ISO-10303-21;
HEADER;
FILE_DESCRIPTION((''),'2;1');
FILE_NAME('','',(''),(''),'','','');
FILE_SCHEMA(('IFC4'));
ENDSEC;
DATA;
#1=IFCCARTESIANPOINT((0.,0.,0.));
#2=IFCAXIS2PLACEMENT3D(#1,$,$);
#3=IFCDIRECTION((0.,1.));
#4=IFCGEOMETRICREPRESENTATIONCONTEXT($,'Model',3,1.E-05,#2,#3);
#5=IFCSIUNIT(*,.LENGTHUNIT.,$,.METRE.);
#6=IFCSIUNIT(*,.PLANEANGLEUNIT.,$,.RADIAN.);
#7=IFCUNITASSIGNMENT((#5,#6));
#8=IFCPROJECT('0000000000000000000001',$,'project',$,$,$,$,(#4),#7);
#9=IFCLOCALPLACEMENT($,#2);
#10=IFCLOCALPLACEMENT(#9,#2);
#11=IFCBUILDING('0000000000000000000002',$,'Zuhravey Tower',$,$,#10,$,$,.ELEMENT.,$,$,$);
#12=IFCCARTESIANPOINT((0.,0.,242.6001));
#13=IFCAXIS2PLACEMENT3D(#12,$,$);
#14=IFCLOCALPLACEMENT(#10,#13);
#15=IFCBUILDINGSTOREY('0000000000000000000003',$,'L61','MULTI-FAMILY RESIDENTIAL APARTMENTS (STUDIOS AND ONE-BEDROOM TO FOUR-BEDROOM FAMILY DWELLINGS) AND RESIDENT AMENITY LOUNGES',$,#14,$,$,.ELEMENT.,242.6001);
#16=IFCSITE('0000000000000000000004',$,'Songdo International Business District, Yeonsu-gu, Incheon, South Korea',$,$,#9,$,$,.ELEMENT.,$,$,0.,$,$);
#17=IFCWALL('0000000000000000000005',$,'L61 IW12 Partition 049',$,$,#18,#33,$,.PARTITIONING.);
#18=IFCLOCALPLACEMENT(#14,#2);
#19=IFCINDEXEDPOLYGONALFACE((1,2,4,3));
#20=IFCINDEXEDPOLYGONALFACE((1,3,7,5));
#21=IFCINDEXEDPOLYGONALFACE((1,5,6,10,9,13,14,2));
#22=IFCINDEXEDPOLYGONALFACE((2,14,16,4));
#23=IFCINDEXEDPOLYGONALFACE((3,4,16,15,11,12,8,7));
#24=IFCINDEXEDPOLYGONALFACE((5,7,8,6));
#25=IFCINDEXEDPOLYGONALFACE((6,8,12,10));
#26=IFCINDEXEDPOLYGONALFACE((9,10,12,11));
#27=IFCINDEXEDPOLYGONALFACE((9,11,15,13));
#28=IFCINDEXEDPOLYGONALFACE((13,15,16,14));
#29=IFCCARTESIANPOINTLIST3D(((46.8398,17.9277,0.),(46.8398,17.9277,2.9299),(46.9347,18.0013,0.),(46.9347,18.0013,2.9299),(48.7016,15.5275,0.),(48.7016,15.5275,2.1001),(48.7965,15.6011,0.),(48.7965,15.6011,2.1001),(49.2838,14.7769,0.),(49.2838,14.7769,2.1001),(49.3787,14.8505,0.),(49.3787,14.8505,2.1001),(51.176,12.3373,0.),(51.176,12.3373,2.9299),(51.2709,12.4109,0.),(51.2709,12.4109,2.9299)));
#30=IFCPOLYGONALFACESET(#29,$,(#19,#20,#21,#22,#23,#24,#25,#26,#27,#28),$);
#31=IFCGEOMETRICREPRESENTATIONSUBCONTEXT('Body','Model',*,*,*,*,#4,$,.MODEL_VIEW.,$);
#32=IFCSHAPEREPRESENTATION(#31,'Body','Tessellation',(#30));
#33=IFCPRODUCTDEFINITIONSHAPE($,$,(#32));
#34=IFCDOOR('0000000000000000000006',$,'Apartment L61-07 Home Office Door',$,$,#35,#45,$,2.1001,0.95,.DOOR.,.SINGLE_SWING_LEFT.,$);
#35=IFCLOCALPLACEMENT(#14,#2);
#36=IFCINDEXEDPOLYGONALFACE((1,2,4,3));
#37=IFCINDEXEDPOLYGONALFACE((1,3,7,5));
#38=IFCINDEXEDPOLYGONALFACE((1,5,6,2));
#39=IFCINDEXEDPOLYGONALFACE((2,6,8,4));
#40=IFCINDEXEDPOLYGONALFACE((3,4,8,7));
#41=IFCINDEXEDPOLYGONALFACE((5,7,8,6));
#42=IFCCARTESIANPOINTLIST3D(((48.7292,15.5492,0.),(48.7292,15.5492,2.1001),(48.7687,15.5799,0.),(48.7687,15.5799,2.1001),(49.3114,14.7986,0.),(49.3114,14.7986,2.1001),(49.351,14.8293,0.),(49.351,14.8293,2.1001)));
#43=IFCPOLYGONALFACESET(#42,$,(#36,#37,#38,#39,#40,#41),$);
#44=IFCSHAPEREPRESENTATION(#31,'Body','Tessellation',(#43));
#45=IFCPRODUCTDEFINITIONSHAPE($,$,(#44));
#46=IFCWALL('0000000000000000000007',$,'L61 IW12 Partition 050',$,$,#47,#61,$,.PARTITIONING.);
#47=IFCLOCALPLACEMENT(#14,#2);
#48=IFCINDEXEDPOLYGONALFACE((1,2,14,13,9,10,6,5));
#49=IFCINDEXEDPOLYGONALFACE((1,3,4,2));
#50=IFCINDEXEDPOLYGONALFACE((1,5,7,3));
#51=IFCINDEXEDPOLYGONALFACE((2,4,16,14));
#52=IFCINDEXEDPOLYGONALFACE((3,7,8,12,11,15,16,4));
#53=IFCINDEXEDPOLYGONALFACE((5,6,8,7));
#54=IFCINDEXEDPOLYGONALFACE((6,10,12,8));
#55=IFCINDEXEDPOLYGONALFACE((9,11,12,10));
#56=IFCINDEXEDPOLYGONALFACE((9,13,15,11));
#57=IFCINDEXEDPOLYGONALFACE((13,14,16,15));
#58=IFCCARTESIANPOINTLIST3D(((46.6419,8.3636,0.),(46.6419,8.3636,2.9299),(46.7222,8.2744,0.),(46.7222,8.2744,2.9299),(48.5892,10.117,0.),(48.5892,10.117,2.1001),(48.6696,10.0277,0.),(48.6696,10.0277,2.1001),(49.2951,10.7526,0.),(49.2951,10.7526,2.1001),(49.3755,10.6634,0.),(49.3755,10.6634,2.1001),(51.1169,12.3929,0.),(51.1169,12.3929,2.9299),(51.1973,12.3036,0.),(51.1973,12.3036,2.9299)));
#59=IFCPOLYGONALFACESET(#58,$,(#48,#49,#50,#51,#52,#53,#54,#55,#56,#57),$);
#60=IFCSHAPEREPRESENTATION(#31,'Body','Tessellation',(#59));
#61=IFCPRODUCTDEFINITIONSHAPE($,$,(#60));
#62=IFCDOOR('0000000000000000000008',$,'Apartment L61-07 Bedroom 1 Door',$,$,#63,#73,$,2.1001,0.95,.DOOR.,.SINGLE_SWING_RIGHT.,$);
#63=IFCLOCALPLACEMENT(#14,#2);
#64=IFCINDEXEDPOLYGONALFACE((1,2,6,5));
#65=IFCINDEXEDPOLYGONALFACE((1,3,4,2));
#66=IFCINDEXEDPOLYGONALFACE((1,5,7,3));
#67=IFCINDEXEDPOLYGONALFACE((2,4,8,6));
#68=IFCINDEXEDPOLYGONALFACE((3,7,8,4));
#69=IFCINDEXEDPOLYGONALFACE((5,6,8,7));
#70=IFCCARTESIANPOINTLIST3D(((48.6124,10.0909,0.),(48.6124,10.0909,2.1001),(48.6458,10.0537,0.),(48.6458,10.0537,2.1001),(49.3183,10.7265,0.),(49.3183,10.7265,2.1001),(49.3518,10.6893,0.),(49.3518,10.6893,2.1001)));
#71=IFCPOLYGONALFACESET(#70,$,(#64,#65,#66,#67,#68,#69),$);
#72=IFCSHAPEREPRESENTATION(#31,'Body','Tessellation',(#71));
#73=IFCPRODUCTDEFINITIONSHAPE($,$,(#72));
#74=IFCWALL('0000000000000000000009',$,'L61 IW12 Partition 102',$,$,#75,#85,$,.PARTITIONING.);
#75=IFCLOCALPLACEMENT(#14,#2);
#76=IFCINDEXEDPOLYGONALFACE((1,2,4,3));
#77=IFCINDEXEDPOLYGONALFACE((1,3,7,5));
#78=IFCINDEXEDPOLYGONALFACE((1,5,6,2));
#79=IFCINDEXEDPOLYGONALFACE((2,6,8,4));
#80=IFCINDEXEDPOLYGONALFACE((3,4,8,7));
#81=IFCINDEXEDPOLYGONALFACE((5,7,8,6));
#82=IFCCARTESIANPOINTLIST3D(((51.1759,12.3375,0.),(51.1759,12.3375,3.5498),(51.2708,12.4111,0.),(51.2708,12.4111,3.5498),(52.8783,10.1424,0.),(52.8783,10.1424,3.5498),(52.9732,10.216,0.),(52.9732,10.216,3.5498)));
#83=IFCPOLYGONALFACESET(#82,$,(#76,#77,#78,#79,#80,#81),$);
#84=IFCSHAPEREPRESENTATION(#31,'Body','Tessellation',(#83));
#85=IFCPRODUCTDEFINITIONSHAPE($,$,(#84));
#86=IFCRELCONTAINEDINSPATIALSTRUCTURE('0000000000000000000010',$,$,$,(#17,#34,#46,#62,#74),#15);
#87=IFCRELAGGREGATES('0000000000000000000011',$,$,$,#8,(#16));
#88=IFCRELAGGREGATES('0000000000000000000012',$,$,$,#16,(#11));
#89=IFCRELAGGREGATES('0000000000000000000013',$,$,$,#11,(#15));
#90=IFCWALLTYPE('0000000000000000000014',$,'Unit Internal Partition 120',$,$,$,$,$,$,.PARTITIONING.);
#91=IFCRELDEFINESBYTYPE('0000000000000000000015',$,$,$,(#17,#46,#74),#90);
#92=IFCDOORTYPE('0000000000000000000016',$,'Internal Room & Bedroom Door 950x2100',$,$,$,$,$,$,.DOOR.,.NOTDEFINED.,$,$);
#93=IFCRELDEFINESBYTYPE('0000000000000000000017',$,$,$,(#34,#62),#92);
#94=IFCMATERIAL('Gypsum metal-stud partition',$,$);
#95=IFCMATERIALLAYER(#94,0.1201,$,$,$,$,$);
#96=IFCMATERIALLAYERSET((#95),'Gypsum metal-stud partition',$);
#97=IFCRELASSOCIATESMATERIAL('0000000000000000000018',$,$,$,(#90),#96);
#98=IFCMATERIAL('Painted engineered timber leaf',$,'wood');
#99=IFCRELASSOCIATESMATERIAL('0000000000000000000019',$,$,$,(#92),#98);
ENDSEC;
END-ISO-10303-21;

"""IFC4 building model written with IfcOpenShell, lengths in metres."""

from ifc_helpers import new_model, si_unit, direction, frame, frame_2d, origin, place, context, subcontext, project, spatial, rectangle, extrude, material, layer, layer_set, type_object, element, fill, save


model = new_model("IFC4")

# Units and contexts
model_context = context("Model", 3, precision=1e-05, world=origin(), true_north=direction((0.0, 1.0)))
body_context = subcontext(model_context, "Body", "Model", "MODEL_VIEW")
ifc_project = project(units=[si_unit("LENGTHUNIT", "METRE"), si_unit("PLANEANGLEUNIT", "RADIAN")], contexts=[model_context])

# Site, building, storey
site_placement = place(None, origin())
site = spatial("IfcSite", under=ifc_project, at=site_placement, Name="Songdo International Business District, Yeonsu-gu, Incheon, South Korea", CompositionType="ELEMENT", RefElevation=0.0)
building_placement = place(site_placement, origin())
building = spatial("IfcBuilding", under=site, at=building_placement, Name="Zuhravey Tower", CompositionType="ELEMENT")
storey_placement = place(building_placement, frame((0.0, 0.0, 242.6001)))
storey = spatial("IfcBuildingStorey", under=building, at=storey_placement, Name="L61", Description="MULTI-FAMILY RESIDENTIAL APARTMENTS (STUDIOS AND ONE-BEDROOM TO FOUR-BEDROOM FAMILY DWELLINGS) AND RESIDENT AMENITY LOUNGES", CompositionType="ELEMENT", Elevation=242.6001)

# Walls, openings, doors
ifc_material_1 = material(Name="Gypsum metal-stud partition")
ifc_layer_1 = layer(ifc_material_1, 0.1201)
ifc_layer_set_1 = layer_set([ifc_layer_1], Name="Gypsum metal-stud partition")
wall_type_1 = type_object("IfcWallType", Name="Unit Internal Partition 120", PredefinedType="PARTITIONING", material=ifc_layer_set_1)
wall_1_placement = place(storey_placement, frame((46.8872, 17.9646, 0.0), z_axis=(0.0, 0.0, 1.0), x_axis=(0.612896, -0.790164, 0.0)))
wall_1 = element("IfcWall", 1, at=wall_1_placement, inside=storey, type_object=wall_type_1, Name="L61 IW12 Partition 049", PredefinedType="PARTITIONING", context=body_context, shape_type="SweptSolid", body=[
    extrude(rectangle(XDim=7.075, YDim=0.1201, at=frame_2d((3.5376, 0.0))), origin(), (0.0, 0.0, 1.0), 2.9299),
])
opening_1_placement = place(wall_1_placement, frame((3.0376, 0.0, 0.0)))
opening_1 = element("IfcOpeningElement", 2, at=opening_1_placement, cuts=wall_1, PredefinedType="OPENING", context=body_context, shape_type="SweptSolid", body=[
    extrude(rectangle(XDim=0.95, YDim=2.1001, at=frame_2d((0.4751, 1.05))), frame((0.0, 0.072, 0.0), z_axis=(0.0, -1.0, 0.0), x_axis=(1.0, 0.0, 0.0)), (0.0, 0.0, 1.0), 0.144),
])
ifc_material_2 = material(Name="Painted engineered timber leaf", Category="wood")
door_type = type_object("IfcDoorType", Name="Internal Room & Bedroom Door 950x2100", OperationType="NOTDEFINED", PredefinedType="DOOR", material=ifc_material_2)
door_1_placement = place(opening_1_placement, frame((0.95, 0.0, 0.0), z_axis=(0.0, 0.0, 1.0), x_axis=(-1.0, 0.0, 0.0)))
door_1 = element("IfcDoor", 3, at=door_1_placement, inside=storey, type_object=door_type, Name="Apartment L61-07 Home Office Door", OperationType="SINGLE_SWING_LEFT", OverallHeight=2.1001, OverallWidth=0.95, PredefinedType="DOOR", context=body_context, shape_type="SweptSolid", body=[
    extrude(rectangle(XDim=0.95, YDim=2.1001, at=frame_2d((0.4751, 1.05))), frame((0.0, 0.0249, 0.0), z_axis=(0.0, -1.0, 0.0), x_axis=(1.0, 0.0, 0.0)), (0.0, 0.0, 1.0), 0.05),
])
fill(opening_1, door_1)
wall_2_placement = place(storey_placement, frame((46.6821, 8.3191, 0.0), z_axis=(0.0, 0.0, 1.0), x_axis=(0.743153, 0.669122, 0.0)))
wall_2 = element("IfcWall", 4, at=wall_2_placement, inside=storey, type_object=wall_type_1, Name="L61 IW12 Partition 050", PredefinedType="PARTITIONING", context=body_context, shape_type="SweptSolid", body=[
    extrude(rectangle(XDim=6.0217, YDim=0.1201, at=frame_2d((3.0107, 0.0))), origin(), (0.0, 0.0, 1.0), 2.9299),
])
opening_2_placement = place(wall_2_placement, frame((2.6201, 0.0, 0.0)))
opening_2 = element("IfcOpeningElement", 5, at=opening_2_placement, cuts=wall_2, PredefinedType="OPENING", context=body_context, shape_type="SweptSolid", body=[
    extrude(rectangle(XDim=0.95, YDim=2.1001, at=frame_2d((0.4751, 1.05))), frame((0.0, 0.072, 0.0), z_axis=(0.0, -1.0, 0.0), x_axis=(1.0, 0.0, 0.0)), (0.0, 0.0, 1.0), 0.144),
])
door_2_placement = place(opening_2_placement, frame((0.95, 0.0, 0.0), z_axis=(0.0, 0.0, 1.0), x_axis=(-1.0, 0.0, 0.0)))
door_2 = element("IfcDoor", 6, at=door_2_placement, inside=storey, type_object=door_type, Name="Apartment L61-07 Bedroom 1 Door", OperationType="SINGLE_SWING_RIGHT", OverallHeight=2.1001, OverallWidth=0.95, PredefinedType="DOOR", context=body_context, shape_type="SweptSolid", body=[
    extrude(rectangle(XDim=0.95, YDim=2.1001, at=frame_2d((0.4751, 1.05))), frame((0.0, 0.0249, 0.0), z_axis=(0.0, -1.0, 0.0), x_axis=(1.0, 0.0, 0.0)), (0.0, 0.0, 1.0), 0.05),
])
fill(opening_2, door_2)

# Wall
wall_3_placement = place(storey_placement, frame((51.2234, 12.3743, 0.0), z_axis=(0.0, 0.0, 1.0), x_axis=(0.612845, -0.790203, 0.0)))
element("IfcWall", 7, at=wall_3_placement, inside=storey, type_object=wall_type_1, Name="L61 IW12 Partition 102", PredefinedType="PARTITIONING", context=body_context, shape_type="SweptSolid", body=[
    extrude(rectangle(XDim=2.7778, YDim=0.1201, at=frame_2d((1.3889, 0.0))), origin(), (0.0, 0.0, 1.0), 3.5498),
])

save(model, "model.ifc")
